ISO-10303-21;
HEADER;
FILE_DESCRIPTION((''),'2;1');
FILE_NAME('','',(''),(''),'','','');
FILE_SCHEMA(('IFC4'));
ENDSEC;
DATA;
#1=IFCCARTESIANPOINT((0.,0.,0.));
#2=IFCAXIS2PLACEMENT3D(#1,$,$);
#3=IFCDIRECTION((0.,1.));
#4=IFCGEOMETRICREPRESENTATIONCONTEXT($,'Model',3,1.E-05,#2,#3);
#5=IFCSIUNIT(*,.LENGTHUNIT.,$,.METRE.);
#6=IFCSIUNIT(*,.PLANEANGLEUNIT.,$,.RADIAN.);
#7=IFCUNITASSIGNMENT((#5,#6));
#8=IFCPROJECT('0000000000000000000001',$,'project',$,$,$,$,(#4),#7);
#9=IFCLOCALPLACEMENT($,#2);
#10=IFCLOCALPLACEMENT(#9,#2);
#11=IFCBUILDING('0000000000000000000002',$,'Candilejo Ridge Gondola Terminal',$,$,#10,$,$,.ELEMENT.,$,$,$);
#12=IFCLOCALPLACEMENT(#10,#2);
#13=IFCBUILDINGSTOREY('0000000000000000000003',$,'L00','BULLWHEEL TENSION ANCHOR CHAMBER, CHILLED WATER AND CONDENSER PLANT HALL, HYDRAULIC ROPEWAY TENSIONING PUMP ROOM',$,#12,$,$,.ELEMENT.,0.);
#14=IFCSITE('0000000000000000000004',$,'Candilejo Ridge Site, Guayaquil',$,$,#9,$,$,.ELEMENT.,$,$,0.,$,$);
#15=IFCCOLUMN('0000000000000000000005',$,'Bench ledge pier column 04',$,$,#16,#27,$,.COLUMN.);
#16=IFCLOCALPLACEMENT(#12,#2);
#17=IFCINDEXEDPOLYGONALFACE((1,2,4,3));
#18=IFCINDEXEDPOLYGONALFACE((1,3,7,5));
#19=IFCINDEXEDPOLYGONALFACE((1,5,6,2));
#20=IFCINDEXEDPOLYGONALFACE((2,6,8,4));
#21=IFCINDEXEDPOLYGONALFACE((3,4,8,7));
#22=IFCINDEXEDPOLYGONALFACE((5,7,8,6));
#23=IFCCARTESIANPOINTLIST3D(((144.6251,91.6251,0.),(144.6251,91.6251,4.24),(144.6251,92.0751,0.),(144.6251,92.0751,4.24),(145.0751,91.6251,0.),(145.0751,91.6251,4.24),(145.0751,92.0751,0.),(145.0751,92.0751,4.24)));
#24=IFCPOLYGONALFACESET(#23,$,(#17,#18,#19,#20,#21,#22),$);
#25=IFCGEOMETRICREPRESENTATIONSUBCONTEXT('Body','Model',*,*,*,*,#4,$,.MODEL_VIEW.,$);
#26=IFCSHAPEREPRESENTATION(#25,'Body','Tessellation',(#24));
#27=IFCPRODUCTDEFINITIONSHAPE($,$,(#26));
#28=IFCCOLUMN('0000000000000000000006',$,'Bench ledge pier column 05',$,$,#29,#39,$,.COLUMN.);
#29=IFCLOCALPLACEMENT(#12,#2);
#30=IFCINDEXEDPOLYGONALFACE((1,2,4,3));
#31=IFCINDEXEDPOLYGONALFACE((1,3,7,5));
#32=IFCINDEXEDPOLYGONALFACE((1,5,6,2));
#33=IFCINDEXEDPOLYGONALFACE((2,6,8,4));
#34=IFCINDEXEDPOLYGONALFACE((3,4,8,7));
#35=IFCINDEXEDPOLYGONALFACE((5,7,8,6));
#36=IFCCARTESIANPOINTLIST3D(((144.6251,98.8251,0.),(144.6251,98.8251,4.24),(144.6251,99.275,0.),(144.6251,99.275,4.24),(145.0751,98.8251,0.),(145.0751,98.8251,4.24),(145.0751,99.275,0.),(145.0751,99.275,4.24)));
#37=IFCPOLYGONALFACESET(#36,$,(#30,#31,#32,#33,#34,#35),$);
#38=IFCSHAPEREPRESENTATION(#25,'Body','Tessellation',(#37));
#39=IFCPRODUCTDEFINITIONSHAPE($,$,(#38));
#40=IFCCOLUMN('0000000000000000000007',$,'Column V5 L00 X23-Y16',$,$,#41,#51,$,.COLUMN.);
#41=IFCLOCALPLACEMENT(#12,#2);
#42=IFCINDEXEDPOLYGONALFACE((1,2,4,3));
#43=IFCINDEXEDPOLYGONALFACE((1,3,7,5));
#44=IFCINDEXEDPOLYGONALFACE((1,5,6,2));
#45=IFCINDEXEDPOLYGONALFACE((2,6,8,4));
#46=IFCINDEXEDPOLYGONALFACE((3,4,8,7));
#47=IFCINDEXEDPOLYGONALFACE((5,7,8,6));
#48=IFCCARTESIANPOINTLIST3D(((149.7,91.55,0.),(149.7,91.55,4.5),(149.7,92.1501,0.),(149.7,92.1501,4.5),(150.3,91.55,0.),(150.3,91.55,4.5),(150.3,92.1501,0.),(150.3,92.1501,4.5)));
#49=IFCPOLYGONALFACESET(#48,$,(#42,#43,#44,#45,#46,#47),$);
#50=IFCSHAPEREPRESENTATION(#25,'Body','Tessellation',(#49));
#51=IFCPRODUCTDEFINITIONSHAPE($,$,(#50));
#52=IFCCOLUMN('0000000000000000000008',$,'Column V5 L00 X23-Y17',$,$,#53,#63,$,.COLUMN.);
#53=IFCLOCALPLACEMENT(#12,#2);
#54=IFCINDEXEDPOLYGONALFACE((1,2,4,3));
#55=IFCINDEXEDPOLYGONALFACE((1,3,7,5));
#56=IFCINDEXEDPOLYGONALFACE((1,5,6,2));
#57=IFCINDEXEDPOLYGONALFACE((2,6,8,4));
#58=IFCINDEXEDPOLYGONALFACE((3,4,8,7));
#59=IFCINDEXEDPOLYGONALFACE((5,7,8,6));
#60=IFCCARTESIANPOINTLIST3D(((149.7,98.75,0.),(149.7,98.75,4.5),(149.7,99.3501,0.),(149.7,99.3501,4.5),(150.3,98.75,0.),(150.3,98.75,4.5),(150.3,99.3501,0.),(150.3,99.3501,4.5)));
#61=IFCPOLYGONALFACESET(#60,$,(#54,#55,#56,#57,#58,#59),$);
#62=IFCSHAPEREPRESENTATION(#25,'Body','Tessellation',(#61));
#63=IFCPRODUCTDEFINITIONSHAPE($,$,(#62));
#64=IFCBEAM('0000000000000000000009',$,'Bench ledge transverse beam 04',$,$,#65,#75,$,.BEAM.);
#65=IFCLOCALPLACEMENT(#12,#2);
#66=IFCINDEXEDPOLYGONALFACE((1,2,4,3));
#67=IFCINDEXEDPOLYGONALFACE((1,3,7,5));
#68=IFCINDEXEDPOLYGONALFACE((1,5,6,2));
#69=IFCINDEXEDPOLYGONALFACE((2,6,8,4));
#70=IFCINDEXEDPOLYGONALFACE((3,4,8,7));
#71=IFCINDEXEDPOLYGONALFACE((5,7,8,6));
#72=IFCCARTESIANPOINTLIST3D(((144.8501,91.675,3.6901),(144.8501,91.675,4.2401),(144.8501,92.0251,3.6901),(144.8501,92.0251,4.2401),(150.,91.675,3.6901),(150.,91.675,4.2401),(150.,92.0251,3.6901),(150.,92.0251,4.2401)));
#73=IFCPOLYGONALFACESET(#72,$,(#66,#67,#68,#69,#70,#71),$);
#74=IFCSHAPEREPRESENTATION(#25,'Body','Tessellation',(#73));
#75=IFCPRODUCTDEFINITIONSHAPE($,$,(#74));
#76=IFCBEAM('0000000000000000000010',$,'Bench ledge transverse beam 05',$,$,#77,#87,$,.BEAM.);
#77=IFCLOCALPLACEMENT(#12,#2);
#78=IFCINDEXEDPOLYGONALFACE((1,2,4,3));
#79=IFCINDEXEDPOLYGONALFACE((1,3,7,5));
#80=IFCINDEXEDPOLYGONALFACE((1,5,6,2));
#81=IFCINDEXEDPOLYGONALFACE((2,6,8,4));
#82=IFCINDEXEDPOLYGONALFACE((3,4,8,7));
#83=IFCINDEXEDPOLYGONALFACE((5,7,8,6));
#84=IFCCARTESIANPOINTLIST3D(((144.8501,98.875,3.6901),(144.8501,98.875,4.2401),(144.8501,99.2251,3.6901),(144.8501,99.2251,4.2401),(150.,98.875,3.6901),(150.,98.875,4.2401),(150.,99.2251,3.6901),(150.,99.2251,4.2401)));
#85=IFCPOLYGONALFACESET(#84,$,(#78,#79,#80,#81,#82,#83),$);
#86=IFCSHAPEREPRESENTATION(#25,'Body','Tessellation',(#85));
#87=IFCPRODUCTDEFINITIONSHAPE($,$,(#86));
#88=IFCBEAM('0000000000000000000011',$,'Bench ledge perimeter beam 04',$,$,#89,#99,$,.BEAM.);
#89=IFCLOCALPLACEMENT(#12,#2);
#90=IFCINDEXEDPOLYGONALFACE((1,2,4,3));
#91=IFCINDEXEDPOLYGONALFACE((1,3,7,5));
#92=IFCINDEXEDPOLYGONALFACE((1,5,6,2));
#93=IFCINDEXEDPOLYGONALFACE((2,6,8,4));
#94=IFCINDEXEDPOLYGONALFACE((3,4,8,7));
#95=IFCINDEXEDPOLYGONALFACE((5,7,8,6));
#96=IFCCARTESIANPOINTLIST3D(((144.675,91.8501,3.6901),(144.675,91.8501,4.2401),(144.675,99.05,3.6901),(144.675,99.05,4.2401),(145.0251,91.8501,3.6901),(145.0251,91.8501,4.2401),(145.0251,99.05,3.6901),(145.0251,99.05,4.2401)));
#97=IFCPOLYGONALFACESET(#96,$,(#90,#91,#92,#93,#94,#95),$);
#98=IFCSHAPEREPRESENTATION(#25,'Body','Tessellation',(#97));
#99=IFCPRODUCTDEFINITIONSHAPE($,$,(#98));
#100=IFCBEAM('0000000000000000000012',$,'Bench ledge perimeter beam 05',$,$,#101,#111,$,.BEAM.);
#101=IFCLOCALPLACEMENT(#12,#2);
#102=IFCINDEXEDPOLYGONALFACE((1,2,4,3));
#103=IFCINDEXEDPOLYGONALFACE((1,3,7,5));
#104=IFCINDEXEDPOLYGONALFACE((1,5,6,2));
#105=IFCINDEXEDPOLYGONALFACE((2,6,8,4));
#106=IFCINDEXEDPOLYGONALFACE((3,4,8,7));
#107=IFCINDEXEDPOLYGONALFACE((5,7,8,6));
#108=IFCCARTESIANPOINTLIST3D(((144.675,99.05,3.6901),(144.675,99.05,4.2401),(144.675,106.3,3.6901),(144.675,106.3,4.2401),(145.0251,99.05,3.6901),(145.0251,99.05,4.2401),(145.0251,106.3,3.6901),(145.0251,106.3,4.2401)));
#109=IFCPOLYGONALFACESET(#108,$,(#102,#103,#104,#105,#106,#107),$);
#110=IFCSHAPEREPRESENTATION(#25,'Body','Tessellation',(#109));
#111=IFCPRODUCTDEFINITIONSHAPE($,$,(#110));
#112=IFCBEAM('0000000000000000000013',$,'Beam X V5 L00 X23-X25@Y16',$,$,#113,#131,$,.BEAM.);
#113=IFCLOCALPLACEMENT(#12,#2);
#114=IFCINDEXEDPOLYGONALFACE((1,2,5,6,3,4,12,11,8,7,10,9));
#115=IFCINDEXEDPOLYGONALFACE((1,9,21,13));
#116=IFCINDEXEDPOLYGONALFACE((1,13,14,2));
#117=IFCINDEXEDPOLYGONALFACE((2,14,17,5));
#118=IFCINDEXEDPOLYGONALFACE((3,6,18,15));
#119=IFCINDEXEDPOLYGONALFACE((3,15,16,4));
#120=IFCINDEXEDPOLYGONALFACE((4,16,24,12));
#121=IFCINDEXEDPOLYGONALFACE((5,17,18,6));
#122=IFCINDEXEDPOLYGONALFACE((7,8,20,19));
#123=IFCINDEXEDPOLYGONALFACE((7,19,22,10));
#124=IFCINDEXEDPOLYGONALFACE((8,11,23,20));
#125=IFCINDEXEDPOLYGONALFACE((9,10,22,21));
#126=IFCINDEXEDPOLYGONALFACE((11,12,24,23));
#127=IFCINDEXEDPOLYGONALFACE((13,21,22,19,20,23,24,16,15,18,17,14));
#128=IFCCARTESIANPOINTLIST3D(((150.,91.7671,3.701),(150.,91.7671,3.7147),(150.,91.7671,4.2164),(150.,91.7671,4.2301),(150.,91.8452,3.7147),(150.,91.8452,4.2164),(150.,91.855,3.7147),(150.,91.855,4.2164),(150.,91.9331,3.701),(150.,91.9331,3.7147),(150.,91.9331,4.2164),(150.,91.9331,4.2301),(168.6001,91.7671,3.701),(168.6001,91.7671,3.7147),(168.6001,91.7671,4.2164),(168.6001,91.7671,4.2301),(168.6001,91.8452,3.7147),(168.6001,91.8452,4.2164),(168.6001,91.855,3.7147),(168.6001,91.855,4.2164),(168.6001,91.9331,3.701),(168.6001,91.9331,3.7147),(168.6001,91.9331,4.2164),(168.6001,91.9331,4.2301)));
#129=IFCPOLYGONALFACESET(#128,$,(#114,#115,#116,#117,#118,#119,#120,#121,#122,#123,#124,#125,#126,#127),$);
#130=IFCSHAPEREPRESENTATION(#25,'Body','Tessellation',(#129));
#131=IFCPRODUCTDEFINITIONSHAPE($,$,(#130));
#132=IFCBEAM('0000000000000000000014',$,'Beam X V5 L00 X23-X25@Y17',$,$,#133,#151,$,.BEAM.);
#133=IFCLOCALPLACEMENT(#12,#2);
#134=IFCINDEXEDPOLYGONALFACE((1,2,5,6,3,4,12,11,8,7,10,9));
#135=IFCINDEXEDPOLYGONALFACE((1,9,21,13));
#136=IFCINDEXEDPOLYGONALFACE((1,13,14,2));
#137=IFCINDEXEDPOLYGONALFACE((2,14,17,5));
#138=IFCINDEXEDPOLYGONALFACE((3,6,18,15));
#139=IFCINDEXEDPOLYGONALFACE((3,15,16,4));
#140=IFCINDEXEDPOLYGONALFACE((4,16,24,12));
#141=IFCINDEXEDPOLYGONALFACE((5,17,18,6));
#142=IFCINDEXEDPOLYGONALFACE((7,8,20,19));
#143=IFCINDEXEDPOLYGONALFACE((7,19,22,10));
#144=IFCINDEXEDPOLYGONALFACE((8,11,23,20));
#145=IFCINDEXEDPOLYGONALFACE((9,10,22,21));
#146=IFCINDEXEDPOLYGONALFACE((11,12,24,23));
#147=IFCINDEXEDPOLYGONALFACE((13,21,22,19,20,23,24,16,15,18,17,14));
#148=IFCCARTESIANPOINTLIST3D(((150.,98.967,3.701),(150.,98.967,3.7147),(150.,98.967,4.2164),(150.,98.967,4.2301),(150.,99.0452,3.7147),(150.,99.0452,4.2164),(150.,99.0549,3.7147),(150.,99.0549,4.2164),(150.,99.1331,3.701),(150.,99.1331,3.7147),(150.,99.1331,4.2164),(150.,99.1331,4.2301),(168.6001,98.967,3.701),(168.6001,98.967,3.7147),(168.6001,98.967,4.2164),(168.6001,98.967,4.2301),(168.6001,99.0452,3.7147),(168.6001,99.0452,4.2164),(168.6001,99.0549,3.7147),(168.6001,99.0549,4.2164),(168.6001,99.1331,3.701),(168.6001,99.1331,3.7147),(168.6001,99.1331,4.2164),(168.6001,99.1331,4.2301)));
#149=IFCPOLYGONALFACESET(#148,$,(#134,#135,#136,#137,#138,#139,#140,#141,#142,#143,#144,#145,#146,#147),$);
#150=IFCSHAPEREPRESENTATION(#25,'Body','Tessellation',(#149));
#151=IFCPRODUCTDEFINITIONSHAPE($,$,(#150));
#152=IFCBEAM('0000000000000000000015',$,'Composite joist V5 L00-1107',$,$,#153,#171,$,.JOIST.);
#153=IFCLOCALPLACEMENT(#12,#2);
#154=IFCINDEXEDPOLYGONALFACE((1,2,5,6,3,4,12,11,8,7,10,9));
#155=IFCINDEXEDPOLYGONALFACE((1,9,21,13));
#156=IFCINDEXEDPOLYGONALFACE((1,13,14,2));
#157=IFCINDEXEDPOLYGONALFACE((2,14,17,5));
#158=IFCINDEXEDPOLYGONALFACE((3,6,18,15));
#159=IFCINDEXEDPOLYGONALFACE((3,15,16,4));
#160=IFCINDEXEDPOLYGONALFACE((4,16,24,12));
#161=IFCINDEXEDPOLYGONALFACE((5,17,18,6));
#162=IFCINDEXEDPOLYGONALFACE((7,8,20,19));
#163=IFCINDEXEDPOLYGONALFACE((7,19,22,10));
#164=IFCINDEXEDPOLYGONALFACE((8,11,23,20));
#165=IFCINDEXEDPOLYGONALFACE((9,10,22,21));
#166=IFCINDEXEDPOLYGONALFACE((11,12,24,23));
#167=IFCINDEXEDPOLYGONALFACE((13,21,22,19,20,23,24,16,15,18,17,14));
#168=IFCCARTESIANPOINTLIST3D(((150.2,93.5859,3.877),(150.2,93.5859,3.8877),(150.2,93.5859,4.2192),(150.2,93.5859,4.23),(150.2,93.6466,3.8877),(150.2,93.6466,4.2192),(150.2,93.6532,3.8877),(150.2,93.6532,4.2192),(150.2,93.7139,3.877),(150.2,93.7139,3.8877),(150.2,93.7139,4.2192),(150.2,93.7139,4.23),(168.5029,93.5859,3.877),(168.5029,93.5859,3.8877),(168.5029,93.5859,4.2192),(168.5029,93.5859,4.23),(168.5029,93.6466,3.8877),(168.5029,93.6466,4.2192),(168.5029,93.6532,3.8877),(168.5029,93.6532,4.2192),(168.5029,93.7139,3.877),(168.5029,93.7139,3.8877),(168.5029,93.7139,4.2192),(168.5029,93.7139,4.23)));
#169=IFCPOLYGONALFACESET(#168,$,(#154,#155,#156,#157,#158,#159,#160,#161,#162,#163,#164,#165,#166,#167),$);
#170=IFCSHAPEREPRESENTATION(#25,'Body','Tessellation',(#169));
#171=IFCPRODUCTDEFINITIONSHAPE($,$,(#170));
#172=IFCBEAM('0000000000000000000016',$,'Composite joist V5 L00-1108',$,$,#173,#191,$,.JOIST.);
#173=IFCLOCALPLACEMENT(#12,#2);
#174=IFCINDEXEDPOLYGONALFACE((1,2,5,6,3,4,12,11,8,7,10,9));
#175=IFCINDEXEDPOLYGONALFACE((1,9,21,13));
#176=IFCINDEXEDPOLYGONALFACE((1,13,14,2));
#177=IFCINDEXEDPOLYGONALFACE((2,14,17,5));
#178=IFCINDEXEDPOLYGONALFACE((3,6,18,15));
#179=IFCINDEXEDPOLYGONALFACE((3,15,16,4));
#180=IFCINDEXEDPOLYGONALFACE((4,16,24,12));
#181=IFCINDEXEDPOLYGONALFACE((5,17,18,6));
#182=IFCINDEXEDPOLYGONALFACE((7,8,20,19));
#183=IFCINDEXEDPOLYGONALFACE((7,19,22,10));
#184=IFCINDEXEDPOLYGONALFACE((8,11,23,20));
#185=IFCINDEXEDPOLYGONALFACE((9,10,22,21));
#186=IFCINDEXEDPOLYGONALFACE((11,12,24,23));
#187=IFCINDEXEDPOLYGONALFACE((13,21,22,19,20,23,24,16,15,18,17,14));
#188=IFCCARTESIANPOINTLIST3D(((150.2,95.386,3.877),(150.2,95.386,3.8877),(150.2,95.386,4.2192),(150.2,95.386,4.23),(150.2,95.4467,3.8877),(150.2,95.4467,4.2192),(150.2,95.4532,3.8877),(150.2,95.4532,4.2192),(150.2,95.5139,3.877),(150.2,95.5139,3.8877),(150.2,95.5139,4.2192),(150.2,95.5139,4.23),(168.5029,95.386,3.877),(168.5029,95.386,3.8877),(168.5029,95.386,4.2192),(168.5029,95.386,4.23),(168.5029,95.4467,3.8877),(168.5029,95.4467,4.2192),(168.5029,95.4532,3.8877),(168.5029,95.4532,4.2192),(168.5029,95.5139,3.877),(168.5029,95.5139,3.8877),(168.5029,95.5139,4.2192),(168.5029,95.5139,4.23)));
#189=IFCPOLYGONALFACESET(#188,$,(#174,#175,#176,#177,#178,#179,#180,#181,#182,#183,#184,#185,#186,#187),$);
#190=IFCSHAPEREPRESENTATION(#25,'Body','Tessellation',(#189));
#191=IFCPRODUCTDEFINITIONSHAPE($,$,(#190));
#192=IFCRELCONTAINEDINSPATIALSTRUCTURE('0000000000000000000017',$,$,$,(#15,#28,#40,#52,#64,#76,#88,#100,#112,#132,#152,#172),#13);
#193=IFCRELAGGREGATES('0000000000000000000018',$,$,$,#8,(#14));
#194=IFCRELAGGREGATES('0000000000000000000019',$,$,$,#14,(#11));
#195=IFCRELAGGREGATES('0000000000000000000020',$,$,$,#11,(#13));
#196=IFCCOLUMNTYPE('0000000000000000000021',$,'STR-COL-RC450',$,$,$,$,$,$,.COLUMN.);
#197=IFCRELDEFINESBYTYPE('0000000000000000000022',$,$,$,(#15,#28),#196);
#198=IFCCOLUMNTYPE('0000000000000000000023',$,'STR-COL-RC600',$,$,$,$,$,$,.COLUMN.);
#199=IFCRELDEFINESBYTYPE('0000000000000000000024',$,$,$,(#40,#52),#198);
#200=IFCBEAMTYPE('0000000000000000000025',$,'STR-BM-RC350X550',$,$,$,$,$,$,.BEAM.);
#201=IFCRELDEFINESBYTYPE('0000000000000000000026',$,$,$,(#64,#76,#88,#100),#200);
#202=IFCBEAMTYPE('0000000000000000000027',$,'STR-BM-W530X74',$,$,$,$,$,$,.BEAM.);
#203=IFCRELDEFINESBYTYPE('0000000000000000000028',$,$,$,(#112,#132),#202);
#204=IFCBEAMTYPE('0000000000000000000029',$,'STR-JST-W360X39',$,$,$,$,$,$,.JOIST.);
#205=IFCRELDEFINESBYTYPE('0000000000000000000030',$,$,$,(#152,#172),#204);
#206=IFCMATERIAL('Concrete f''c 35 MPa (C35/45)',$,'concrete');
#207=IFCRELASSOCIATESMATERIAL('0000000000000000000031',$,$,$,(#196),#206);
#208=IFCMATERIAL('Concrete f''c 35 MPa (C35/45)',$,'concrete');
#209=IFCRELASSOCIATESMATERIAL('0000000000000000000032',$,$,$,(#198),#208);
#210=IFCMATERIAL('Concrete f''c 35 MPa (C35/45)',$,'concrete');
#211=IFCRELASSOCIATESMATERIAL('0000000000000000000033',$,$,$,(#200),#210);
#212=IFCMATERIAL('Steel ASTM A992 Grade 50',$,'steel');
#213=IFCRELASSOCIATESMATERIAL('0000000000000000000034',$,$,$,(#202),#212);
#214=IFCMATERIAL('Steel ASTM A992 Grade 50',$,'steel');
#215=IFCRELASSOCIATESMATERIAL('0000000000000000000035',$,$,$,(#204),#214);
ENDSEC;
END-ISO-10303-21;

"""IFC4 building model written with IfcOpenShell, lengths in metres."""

from ifc_helpers import new_model, si_unit, direction, frame, origin, origin_2d, place, context, subcontext, project, spatial, rectangle, i_section, extrude, material, material_profile, profile_set, type_object, element, save


model = new_model("IFC4")

# Units and contexts
model_context = context("Model", 3, precision=1e-05, world=origin(), true_north=direction((0.0, 1.0)))
body_context = subcontext(model_context, "Body", "Model", "MODEL_VIEW")
ifc_project = project(units=[si_unit("LENGTHUNIT", "METRE"), si_unit("PLANEANGLEUNIT", "RADIAN")], contexts=[model_context])

# Site, building, storey
site_placement = place(None, origin())
site = spatial("IfcSite", under=ifc_project, at=site_placement, Name="Candilejo Ridge Site, Guayaquil", CompositionType="ELEMENT", RefElevation=0.0)
building_placement = place(site_placement, origin())
building = spatial("IfcBuilding", under=site, at=building_placement, Name="Candilejo Ridge Gondola Terminal", CompositionType="ELEMENT")
storey_placement = place(building_placement, origin())
storey = spatial("IfcBuildingStorey", under=building, at=storey_placement, Name="L00", Description="BULLWHEEL TENSION ANCHOR CHAMBER, CHILLED WATER AND CONDENSER PLANT HALL, HYDRAULIC ROPEWAY TENSIONING PUMP ROOM", CompositionType="ELEMENT", Elevation=0.0)

# Columns
ifc_material_1 = material(Name="Concrete f'c 35 MPa (C35/45)", Category="concrete")
ifc_material_profile_1 = material_profile(ifc_material_1, rectangle(XDim=0.45, YDim=0.45, at=origin_2d()))
ifc_profile_set_1 = profile_set([ifc_material_profile_1], Name="Concrete f'c 35 MPa (C35/45)")
column_type_1 = type_object("IfcColumnType", Name="STR-COL-RC450", PredefinedType="COLUMN", material=ifc_profile_set_1)
for number, where, z_axis, x_axis, name in (
    (1, (144.8501, 91.8501, 0.0), (0.0, 0.0, 1.0), (1.0, 0.0, 0.0), "Bench ledge pier column 04"),
    (2, (144.8501, 99.05, 0.0), (0.0, 0.0, 1.0), (1.0, 0.0, 0.0), "Bench ledge pier column 05"),
):
    element("IfcColumn", number, at=place(storey_placement, frame(where, z_axis=z_axis, x_axis=x_axis)), inside=storey, type_object=column_type_1, Name=name, PredefinedType="COLUMN", context=body_context, shape_type="SweptSolid", body=[
        extrude(rectangle(XDim=0.45, YDim=0.45, at=origin_2d()), origin(), (0.0, 0.0, 1.0), 4.24),
    ])
ifc_material_2 = material(Name="Concrete f'c 35 MPa (C35/45)", Category="concrete")
ifc_material_profile_2 = material_profile(ifc_material_2, rectangle(XDim=0.6001, YDim=0.6001, at=origin_2d()))
ifc_profile_set_2 = profile_set([ifc_material_profile_2], Name="Concrete f'c 35 MPa (C35/45)")
column_type_2 = type_object("IfcColumnType", Name="STR-COL-RC600", PredefinedType="COLUMN", material=ifc_profile_set_2)
for number, where, z_axis, x_axis, name in (
    (3, (150.0, 91.8501, 0.0), (0.0, 0.0, 1.0), (1.0, 0.0, 0.0), "Column V5 L00 X23-Y16"),
    (4, (150.0, 99.05, 0.0), (0.0, 0.0, 1.0), (1.0, 0.0, 0.0), "Column V5 L00 X23-Y17"),
):
    element("IfcColumn", number, at=place(storey_placement, frame(where, z_axis=z_axis, x_axis=x_axis)), inside=storey, type_object=column_type_2, Name=name, PredefinedType="COLUMN", context=body_context, shape_type="SweptSolid", body=[
        extrude(rectangle(XDim=0.6001, YDim=0.6001, at=origin_2d()), origin(), (0.0, 0.0, 1.0), 4.5),
    ])

# Beams
ifc_material_3 = material(Name="Concrete f'c 35 MPa (C35/45)", Category="concrete")
ifc_material_profile_3 = material_profile(ifc_material_3, rectangle(XDim=0.3501, YDim=0.55, at=origin_2d()))
ifc_profile_set_3 = profile_set([ifc_material_profile_3], Name="Concrete f'c 35 MPa (C35/45)")
beam_type_1 = type_object("IfcBeamType", Name="STR-BM-RC350X550", PredefinedType="BEAM", material=ifc_profile_set_3)
for number, where, z_axis, x_axis, name in (
    (5, (144.8501, 91.8501, 3.9651), (1.0, 0.0, 0.0), (0.0, 1.0, 0.0), "Bench ledge transverse beam 04"),
    (6, (144.8501, 99.05, 3.9651), (1.0, 0.0, 0.0), (0.0, 1.0, 0.0), "Bench ledge transverse beam 05"),
):
    element("IfcBeam", number, at=place(storey_placement, frame(where, z_axis=z_axis, x_axis=x_axis)), inside=storey, type_object=beam_type_1, Name=name, PredefinedType="BEAM", context=body_context, shape_type="SweptSolid", body=[
        extrude(rectangle(XDim=0.3501, YDim=0.55, at=origin_2d()), origin(), (0.0, 0.0, 1.0), 5.1499),
    ])
beam_1_placement = place(storey_placement, frame((144.8501, 91.8501, 3.9651), z_axis=(0.0, 1.0, 0.0), x_axis=(-1.0, 0.0, 0.0)))
element("IfcBeam", 7, at=beam_1_placement, inside=storey, type_object=beam_type_1, Name="Bench ledge perimeter beam 04", PredefinedType="BEAM", context=body_context, shape_type="SweptSolid", body=[
    extrude(rectangle(XDim=0.3501, YDim=0.55, at=origin_2d()), origin(), (0.0, 0.0, 1.0), 7.2),
])
beam_2_placement = place(storey_placement, frame((144.8501, 99.05, 3.9651), z_axis=(0.0, 1.0, 0.0), x_axis=(-1.0, 0.0, 0.0)))
element("IfcBeam", 8, at=beam_2_placement, inside=storey, type_object=beam_type_1, Name="Bench ledge perimeter beam 05", PredefinedType="BEAM", context=body_context, shape_type="SweptSolid", body=[
    extrude(rectangle(XDim=0.3501, YDim=0.55, at=origin_2d()), origin(), (0.0, 0.0, 1.0), 7.25),
])
ifc_material_4 = material(Name="Steel ASTM A992 Grade 50", Category="steel")
ifc_material_profile_4 = material_profile(ifc_material_4, i_section(OverallWidth=0.166, OverallDepth=0.5291, WebThickness=0.0098, FlangeThickness=0.0137, at=origin_2d()))
ifc_profile_set_4 = profile_set([ifc_material_profile_4], Name="Steel ASTM A992 Grade 50")
beam_type_2 = type_object("IfcBeamType", Name="STR-BM-W530X74", PredefinedType="BEAM", material=ifc_profile_set_4)
for number, where, z_axis, x_axis, name in (
    (9, (150.0, 91.8501, 3.9656), (1.0, 0.0, 0.0), (0.0, 1.0, 0.0), "Beam X V5 L00 X23-X25@Y16"),
    (10, (150.0, 99.05, 3.9656), (1.0, 0.0, 0.0), (0.0, 1.0, 0.0), "Beam X V5 L00 X23-X25@Y17"),
):
    element("IfcBeam", number, at=place(storey_placement, frame(where, z_axis=z_axis, x_axis=x_axis)), inside=storey, type_object=beam_type_2, Name=name, PredefinedType="BEAM", context=body_context, shape_type="SweptSolid", body=[
        extrude(i_section(OverallWidth=0.166, OverallDepth=0.5291, WebThickness=0.0098, FlangeThickness=0.0137, at=origin_2d()), origin(), (0.0, 0.0, 1.0), 18.6001),
    ])
ifc_material_5 = material(Name="Steel ASTM A992 Grade 50", Category="steel")
ifc_material_profile_5 = material_profile(ifc_material_5, i_section(OverallWidth=0.1279, OverallDepth=0.353, WebThickness=0.0066, FlangeThickness=0.0107, at=origin_2d()))
ifc_profile_set_5 = profile_set([ifc_material_profile_5], Name="Steel ASTM A992 Grade 50")
beam_type_3 = type_object("IfcBeamType", Name="STR-JST-W360X39", PredefinedType="JOIST", material=ifc_profile_set_5)
for number, where, z_axis, x_axis, name in (
    (11, (150.2, 93.6499, 4.0535), (1.0, 0.0, 0.0), (0.0, 1.0, 0.0), "Composite joist V5 L00-1107"),
    (12, (150.2, 95.45, 4.0535), (1.0, 0.0, 0.0), (0.0, 1.0, 0.0), "Composite joist V5 L00-1108"),
):
    element("IfcBeam", number, at=place(storey_placement, frame(where, z_axis=z_axis, x_axis=x_axis)), inside=storey, type_object=beam_type_3, Name=name, PredefinedType="JOIST", context=body_context, shape_type="SweptSolid", body=[
        extrude(i_section(OverallWidth=0.1279, OverallDepth=0.353, WebThickness=0.0066, FlangeThickness=0.0107, at=origin_2d()), origin(), (0.0, 0.0, 1.0), 18.303),
    ])

save(model, "model.ifc")
